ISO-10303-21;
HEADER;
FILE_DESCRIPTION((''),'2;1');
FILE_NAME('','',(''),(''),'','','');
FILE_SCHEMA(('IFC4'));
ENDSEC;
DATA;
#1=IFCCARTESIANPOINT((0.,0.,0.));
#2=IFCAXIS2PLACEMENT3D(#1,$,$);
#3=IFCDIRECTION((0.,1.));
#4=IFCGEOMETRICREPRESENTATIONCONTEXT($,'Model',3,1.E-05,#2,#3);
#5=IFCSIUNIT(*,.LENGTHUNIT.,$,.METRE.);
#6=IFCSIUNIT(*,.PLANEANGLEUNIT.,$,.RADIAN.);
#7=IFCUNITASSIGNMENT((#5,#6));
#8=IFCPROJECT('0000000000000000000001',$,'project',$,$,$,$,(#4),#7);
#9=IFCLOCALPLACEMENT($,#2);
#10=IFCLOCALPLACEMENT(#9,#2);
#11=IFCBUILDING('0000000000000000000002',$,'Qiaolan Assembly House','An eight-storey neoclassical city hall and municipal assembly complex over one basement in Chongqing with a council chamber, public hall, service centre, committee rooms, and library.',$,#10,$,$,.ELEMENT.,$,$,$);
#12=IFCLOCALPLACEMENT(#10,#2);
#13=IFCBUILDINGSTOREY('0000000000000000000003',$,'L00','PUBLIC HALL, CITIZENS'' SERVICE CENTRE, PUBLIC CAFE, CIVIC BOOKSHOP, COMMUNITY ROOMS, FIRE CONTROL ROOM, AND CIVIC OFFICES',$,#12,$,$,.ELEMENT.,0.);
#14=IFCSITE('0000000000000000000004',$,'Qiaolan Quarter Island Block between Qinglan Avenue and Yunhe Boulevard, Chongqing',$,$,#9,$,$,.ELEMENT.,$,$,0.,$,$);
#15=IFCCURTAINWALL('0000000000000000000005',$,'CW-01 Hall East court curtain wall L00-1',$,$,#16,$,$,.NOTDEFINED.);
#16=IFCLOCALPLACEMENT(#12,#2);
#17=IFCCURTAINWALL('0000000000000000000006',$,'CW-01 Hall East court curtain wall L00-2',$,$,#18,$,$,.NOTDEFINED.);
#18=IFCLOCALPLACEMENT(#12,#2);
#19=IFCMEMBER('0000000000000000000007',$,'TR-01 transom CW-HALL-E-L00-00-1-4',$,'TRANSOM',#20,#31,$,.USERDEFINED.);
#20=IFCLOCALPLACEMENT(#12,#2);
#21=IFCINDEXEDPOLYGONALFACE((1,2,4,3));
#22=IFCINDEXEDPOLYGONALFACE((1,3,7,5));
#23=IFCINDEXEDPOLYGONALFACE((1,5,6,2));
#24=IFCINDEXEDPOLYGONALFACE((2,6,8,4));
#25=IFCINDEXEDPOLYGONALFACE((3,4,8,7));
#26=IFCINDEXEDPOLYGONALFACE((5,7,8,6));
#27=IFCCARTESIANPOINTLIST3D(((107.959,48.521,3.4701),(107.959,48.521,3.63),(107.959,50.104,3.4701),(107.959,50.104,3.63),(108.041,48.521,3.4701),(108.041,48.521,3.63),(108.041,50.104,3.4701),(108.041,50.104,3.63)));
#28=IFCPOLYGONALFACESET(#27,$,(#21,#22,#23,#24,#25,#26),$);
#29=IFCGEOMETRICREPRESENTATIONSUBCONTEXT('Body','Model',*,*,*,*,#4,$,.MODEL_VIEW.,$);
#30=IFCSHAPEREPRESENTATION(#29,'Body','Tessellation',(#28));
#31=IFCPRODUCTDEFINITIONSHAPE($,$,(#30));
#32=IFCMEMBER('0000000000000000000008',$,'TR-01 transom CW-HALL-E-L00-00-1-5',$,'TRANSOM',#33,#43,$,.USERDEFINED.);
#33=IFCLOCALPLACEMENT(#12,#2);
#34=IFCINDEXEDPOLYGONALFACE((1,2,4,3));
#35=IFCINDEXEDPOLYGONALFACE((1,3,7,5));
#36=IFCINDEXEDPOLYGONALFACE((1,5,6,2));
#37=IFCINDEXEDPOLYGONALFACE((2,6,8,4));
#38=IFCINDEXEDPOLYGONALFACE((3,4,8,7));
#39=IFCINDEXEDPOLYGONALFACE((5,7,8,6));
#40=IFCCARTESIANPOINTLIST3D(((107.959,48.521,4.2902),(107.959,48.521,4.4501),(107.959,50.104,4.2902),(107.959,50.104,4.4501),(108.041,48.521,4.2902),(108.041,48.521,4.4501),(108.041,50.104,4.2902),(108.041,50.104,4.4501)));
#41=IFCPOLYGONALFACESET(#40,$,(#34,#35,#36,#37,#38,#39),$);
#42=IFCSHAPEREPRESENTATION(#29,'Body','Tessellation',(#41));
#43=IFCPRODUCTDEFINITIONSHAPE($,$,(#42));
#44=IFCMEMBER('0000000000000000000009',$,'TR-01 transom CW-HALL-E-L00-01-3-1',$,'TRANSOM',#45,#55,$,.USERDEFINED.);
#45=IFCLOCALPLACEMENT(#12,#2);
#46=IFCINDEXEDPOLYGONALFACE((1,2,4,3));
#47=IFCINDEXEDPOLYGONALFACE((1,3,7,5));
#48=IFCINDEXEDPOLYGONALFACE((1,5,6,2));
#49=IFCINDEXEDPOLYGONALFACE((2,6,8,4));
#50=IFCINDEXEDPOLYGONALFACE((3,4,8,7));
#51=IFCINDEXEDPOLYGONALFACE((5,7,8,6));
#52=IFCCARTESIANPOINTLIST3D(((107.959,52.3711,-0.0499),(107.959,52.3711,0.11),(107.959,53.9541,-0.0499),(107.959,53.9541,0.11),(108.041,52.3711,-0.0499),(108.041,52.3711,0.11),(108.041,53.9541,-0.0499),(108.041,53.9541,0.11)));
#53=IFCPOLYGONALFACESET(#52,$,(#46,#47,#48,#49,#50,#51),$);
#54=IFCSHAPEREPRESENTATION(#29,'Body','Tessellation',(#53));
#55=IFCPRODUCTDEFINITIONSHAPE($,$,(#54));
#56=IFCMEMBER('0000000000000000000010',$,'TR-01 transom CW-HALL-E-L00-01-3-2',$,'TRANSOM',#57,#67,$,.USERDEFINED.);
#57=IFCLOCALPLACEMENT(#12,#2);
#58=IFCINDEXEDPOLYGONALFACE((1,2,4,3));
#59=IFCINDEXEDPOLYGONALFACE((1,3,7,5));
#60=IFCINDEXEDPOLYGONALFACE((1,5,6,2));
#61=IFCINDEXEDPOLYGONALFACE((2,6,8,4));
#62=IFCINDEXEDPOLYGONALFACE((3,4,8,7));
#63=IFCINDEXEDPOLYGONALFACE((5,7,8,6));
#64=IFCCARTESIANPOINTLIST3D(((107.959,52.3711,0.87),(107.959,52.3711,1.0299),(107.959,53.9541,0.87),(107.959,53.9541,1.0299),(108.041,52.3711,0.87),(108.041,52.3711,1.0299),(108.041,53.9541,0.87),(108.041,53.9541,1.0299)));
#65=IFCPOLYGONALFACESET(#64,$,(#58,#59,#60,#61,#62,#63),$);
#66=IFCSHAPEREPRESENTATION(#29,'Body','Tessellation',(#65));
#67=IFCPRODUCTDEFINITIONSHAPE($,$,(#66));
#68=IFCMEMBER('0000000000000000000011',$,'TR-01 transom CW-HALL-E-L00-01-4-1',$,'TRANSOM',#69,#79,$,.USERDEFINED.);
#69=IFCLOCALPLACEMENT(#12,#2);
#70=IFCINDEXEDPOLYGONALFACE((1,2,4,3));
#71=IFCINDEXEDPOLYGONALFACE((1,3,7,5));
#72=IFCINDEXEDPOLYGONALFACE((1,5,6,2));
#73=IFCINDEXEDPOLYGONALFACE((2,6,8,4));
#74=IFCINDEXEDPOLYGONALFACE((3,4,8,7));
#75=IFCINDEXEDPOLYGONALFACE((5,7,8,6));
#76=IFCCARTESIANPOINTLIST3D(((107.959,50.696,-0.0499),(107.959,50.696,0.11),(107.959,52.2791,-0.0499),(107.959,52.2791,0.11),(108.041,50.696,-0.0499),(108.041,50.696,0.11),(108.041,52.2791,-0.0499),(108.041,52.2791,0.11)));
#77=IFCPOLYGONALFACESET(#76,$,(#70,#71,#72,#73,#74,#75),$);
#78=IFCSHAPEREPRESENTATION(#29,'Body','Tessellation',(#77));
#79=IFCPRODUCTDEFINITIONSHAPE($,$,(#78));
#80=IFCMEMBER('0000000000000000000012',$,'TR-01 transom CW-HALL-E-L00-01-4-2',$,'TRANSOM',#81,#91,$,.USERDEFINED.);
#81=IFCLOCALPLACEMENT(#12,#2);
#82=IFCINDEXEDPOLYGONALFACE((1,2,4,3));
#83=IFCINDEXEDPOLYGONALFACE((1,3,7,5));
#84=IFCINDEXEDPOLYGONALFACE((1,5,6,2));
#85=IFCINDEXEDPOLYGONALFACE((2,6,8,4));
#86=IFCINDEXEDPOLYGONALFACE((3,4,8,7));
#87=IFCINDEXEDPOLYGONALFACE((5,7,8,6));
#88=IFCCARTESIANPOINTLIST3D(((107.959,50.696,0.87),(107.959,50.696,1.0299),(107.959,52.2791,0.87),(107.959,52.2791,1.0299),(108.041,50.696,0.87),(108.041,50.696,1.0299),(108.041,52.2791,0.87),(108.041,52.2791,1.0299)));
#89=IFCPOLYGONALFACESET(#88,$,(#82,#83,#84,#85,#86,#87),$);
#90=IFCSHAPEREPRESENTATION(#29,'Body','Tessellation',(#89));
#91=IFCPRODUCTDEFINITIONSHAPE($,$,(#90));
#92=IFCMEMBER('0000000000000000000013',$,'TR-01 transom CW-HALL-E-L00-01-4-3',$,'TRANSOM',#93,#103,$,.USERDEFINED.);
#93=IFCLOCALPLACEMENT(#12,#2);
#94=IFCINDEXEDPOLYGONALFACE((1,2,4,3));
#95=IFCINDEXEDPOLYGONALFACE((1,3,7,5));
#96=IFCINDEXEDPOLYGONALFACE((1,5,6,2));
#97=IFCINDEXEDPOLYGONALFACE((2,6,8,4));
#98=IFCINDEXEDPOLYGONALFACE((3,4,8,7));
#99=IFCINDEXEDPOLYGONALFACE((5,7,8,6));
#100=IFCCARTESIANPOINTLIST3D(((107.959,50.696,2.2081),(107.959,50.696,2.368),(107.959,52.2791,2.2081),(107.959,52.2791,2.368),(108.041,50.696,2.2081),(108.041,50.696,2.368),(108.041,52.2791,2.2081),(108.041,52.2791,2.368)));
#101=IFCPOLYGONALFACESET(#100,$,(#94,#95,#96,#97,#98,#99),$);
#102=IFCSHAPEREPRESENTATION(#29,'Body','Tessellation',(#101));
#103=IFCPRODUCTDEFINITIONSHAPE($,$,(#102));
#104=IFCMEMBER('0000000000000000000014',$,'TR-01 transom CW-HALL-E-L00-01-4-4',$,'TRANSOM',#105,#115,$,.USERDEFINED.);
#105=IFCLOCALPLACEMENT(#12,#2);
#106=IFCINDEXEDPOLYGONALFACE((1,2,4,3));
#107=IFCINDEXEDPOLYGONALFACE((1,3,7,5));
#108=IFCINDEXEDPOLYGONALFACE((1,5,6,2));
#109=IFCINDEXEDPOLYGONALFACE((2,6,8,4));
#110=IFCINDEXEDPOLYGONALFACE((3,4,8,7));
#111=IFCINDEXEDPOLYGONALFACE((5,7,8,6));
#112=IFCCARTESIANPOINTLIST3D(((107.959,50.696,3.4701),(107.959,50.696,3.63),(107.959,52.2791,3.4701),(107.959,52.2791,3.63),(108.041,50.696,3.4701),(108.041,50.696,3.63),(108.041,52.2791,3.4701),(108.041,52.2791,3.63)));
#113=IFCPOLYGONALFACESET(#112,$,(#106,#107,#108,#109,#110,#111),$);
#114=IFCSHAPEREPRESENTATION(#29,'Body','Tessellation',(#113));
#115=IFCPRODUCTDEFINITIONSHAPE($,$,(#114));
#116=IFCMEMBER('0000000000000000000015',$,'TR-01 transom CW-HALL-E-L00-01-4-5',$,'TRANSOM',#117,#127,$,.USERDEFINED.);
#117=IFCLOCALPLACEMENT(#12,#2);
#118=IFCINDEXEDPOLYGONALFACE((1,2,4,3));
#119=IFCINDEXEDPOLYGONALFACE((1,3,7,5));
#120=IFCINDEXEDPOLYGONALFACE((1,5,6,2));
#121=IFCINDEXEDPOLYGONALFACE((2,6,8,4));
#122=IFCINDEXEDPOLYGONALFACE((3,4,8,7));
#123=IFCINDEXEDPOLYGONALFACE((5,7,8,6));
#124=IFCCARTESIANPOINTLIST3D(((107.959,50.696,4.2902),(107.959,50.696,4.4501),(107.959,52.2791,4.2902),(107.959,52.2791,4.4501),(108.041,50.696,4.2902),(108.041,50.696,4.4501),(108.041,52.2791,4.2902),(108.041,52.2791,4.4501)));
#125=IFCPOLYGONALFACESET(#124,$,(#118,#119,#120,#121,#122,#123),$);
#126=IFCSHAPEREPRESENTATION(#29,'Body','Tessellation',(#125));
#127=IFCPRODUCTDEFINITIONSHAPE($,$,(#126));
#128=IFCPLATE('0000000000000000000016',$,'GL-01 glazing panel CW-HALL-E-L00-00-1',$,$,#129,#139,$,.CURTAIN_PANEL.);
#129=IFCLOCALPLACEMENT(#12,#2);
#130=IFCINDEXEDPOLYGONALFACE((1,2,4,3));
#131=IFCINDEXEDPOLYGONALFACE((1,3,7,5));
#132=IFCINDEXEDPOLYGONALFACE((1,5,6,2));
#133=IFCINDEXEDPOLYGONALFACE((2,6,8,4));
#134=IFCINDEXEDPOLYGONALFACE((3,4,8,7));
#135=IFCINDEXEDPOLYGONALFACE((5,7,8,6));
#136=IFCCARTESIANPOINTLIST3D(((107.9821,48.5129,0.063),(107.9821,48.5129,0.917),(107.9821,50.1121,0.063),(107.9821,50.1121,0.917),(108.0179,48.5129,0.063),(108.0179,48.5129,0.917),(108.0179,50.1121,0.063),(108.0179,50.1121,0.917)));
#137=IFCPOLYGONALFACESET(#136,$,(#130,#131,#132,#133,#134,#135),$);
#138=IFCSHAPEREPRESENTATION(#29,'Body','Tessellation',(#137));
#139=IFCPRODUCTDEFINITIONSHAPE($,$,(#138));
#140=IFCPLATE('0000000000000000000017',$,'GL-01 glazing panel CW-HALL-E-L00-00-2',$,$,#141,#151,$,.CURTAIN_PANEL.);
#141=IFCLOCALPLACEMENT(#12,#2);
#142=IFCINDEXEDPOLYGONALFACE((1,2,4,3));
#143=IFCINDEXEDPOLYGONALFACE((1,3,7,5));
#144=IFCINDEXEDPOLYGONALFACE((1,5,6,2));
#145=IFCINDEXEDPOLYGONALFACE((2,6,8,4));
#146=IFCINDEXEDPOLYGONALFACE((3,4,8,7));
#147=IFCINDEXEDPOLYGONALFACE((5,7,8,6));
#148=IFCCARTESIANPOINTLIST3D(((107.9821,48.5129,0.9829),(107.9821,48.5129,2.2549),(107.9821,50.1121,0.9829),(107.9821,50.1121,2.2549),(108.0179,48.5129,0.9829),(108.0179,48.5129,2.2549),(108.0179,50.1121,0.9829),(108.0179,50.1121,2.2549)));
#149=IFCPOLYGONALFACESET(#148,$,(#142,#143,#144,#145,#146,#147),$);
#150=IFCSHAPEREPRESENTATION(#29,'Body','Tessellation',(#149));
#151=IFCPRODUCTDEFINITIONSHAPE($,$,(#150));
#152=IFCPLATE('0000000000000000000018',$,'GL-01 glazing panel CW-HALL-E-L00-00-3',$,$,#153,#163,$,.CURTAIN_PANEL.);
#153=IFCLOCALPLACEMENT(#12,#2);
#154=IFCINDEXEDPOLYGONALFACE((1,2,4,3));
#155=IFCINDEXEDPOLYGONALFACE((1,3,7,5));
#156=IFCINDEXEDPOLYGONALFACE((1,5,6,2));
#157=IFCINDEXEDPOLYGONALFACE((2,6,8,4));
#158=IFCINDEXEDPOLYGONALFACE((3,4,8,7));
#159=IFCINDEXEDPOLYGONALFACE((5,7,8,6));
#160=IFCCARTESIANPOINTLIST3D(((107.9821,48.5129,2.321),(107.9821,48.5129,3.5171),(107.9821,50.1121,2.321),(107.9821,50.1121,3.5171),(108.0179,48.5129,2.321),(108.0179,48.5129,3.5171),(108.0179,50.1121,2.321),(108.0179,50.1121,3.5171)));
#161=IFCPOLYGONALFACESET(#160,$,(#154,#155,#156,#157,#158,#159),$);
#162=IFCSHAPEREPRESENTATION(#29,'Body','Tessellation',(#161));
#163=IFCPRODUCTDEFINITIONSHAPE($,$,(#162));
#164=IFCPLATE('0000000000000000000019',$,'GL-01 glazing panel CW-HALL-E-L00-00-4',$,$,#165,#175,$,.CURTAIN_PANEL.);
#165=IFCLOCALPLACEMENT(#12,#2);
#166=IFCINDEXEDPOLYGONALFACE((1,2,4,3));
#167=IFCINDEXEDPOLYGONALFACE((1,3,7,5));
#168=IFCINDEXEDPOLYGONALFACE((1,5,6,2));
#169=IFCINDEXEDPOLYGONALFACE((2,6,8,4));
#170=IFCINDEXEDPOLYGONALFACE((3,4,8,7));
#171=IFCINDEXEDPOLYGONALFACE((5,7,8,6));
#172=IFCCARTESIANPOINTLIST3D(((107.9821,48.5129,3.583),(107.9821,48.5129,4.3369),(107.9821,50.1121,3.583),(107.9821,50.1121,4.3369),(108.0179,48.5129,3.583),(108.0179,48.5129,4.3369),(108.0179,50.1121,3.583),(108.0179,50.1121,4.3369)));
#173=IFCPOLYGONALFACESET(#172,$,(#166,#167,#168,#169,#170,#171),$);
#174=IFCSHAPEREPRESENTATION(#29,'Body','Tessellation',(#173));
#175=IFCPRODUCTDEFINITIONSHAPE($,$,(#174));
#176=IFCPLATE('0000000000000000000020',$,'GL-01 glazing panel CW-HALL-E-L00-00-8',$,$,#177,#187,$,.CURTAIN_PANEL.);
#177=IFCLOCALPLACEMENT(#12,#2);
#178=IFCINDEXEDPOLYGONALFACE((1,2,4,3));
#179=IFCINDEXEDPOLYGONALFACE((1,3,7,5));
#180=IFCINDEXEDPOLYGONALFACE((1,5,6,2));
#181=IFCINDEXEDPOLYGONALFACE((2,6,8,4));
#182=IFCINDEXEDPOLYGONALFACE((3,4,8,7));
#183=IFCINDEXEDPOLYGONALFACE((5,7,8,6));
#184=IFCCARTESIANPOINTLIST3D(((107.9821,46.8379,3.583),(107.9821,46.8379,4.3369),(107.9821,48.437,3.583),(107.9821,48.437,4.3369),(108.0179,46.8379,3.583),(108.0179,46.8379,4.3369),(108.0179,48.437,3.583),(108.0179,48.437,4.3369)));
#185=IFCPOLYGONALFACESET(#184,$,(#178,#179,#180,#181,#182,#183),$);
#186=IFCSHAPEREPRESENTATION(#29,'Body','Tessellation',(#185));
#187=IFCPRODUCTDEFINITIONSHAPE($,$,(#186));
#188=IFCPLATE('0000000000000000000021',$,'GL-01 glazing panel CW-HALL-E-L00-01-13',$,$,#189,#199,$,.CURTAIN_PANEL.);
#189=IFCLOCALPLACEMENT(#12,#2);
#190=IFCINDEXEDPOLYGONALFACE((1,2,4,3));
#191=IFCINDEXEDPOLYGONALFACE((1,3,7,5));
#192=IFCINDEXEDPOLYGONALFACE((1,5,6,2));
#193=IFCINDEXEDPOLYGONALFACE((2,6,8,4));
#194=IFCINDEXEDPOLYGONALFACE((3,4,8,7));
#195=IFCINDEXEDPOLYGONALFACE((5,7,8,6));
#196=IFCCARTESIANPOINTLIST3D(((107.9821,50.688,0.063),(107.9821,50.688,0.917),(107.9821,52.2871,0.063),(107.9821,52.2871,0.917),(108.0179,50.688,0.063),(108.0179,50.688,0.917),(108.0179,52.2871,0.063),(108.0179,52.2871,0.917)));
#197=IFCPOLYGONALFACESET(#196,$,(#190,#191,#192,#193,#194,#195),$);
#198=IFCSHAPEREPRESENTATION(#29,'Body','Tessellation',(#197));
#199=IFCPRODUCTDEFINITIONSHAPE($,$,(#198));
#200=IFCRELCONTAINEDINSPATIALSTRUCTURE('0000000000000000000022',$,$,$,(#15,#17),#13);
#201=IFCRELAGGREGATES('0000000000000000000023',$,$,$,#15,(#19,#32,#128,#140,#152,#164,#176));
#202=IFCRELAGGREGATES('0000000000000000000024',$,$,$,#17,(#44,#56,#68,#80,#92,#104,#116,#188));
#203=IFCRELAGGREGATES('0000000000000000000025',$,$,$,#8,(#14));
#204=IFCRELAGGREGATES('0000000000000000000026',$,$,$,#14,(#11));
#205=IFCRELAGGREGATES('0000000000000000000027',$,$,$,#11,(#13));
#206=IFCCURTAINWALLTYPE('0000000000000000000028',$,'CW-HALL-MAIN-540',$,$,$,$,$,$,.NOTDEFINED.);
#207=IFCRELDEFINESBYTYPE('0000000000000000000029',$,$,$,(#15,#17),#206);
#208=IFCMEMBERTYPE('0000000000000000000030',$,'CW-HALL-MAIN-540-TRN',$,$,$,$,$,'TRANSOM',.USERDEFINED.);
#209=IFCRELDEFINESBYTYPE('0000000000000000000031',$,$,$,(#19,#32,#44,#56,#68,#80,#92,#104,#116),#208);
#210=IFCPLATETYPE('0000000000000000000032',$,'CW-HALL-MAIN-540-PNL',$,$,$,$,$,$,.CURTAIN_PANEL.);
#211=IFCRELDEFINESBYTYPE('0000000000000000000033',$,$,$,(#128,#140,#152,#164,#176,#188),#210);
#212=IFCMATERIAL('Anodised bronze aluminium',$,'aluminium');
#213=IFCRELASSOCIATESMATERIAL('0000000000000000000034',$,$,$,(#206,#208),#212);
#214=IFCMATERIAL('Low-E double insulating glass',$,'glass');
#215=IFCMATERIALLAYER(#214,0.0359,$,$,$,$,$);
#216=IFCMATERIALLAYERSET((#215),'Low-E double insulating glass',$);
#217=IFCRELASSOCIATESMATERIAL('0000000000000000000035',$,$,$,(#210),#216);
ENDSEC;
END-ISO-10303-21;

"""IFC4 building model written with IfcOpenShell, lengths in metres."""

from ifc_helpers import new_model, si_unit, direction, frame, frame_2d, origin, origin_2d, place, context, subcontext, project, spatial, rectangle, extrude, material, layer, layer_set, material_profile, profile_set, type_object, element, aggregate, save


model = new_model("IFC4")

# Units and contexts
model_context = context("Model", 3, precision=1e-05, world=origin(), true_north=direction((0.0, 1.0)))
body_context = subcontext(model_context, "Body", "Model", "MODEL_VIEW")
ifc_project = project(units=[si_unit("LENGTHUNIT", "METRE"), si_unit("PLANEANGLEUNIT", "RADIAN")], contexts=[model_context])

# Site, building, storey
site_placement = place(None, origin())
site = spatial("IfcSite", under=ifc_project, at=site_placement, Name="Qiaolan Quarter Island Block between Qinglan Avenue and Yunhe Boulevard, Chongqing", CompositionType="ELEMENT", RefElevation=0.0)
building_placement = place(site_placement, origin())
building = spatial("IfcBuilding", under=site, at=building_placement, Name="Qiaolan Assembly House", Description="An eight-storey neoclassical city hall and municipal assembly complex over one basement in Chongqing with a council chamber, public hall, service centre, committee rooms, and library.", CompositionType="ELEMENT")
storey_placement = place(building_placement, origin())
storey = spatial("IfcBuildingStorey", under=building, at=storey_placement, Name="L00", Description="PUBLIC HALL, CITIZENS' SERVICE CENTRE, PUBLIC CAFE, CIVIC BOOKSHOP, COMMUNITY ROOMS, FIRE CONTROL ROOM, AND CIVIC OFFICES", CompositionType="ELEMENT", Elevation=0.0)

# Curtain walls
ifc_material_1 = material(Name="Anodised bronze aluminium", Category="aluminium")
curtain_wall_type = type_object("IfcCurtainWallType", Name="CW-HALL-MAIN-540", PredefinedType="NOTDEFINED", material=ifc_material_1)
curtain_wall_1_placement = place(storey_placement, origin())
curtain_wall_1 = element("IfcCurtainWall", 1, at=curtain_wall_1_placement, inside=storey, type_object=curtain_wall_type, Name="CW-01 Hall East court curtain wall L00-1", PredefinedType="NOTDEFINED")
curtain_wall_2_placement = place(storey_placement, origin())
curtain_wall_2 = element("IfcCurtainWall", 2, at=curtain_wall_2_placement, inside=storey, type_object=curtain_wall_type, Name="CW-01 Hall East court curtain wall L00-2", PredefinedType="NOTDEFINED")

# Members
ifc_material_profile_1 = material_profile(ifc_material_1, rectangle(XDim=0.082, YDim=0.1599, at=origin_2d()), Name="TRN 82x160")
ifc_profile_set_1 = profile_set([ifc_material_profile_1], Name="Anodised bronze aluminium")
member_type_1 = type_object("IfcMemberType", Name="CW-HALL-MAIN-540-TRN", ElementType="TRANSOM", PredefinedType="USERDEFINED", material=ifc_profile_set_1)
member_1_placement = place(storey_placement, frame((108.0, 50.104, 3.55), z_axis=(0.0, -1.0, 0.0), x_axis=(1.0, 0.0, 0.0)))
member_1 = element("IfcMember", 3, at=member_1_placement, type_object=member_type_1, Name="TR-01 transom CW-HALL-E-L00-00-1-4", ObjectType="TRANSOM", PredefinedType="USERDEFINED", context=body_context, shape_type="SweptSolid", body=[
    extrude(rectangle(XDim=0.082, YDim=0.1599, at=origin_2d()), origin(), (0.0, 0.0, 1.0), 1.583),
])
member_2_placement = place(storey_placement, frame((108.0, 50.104, 4.3701), z_axis=(0.0, -1.0, 0.0), x_axis=(1.0, 0.0, 0.0)))
member_2 = element("IfcMember", 4, at=member_2_placement, type_object=member_type_1, Name="TR-01 transom CW-HALL-E-L00-00-1-5", ObjectType="TRANSOM", PredefinedType="USERDEFINED", context=body_context, shape_type="SweptSolid", body=[
    extrude(rectangle(XDim=0.082, YDim=0.1599, at=origin_2d()), origin(), (0.0, 0.0, 1.0), 1.583),
])
member_3_placement = place(storey_placement, frame((108.0, 53.9541, 0.03), z_axis=(0.0, -1.0, 0.0), x_axis=(1.0, 0.0, 0.0)))
member_3 = element("IfcMember", 5, at=member_3_placement, type_object=member_type_1, Name="TR-01 transom CW-HALL-E-L00-01-3-1", ObjectType="TRANSOM", PredefinedType="USERDEFINED", context=body_context, shape_type="SweptSolid", body=[
    extrude(rectangle(XDim=0.082, YDim=0.1599, at=origin_2d()), origin(), (0.0, 0.0, 1.0), 1.583),
])
member_4_placement = place(storey_placement, frame((108.0, 53.9541, 0.95), z_axis=(0.0, -1.0, 0.0), x_axis=(1.0, 0.0, 0.0)))
member_4 = element("IfcMember", 6, at=member_4_placement, type_object=member_type_1, Name="TR-01 transom CW-HALL-E-L00-01-3-2", ObjectType="TRANSOM", PredefinedType="USERDEFINED", context=body_context, shape_type="SweptSolid", body=[
    extrude(rectangle(XDim=0.082, YDim=0.1599, at=origin_2d()), origin(), (0.0, 0.0, 1.0), 1.583),
])
member_5_placement = place(storey_placement, frame((108.0, 52.2791, 0.03), z_axis=(0.0, -1.0, 0.0), x_axis=(1.0, 0.0, 0.0)))
member_5 = element("IfcMember", 7, at=member_5_placement, type_object=member_type_1, Name="TR-01 transom CW-HALL-E-L00-01-4-1", ObjectType="TRANSOM", PredefinedType="USERDEFINED", context=body_context, shape_type="SweptSolid", body=[
    extrude(rectangle(XDim=0.082, YDim=0.1599, at=origin_2d()), origin(), (0.0, 0.0, 1.0), 1.583),
])
member_6_placement = place(storey_placement, frame((108.0, 52.2791, 0.95), z_axis=(0.0, -1.0, 0.0), x_axis=(1.0, 0.0, 0.0)))
member_6 = element("IfcMember", 8, at=member_6_placement, type_object=member_type_1, Name="TR-01 transom CW-HALL-E-L00-01-4-2", ObjectType="TRANSOM", PredefinedType="USERDEFINED", context=body_context, shape_type="SweptSolid", body=[
    extrude(rectangle(XDim=0.082, YDim=0.1599, at=origin_2d()), origin(), (0.0, 0.0, 1.0), 1.583),
])
member_7_placement = place(storey_placement, frame((108.0, 52.2791, 2.2881), z_axis=(0.0, -1.0, 0.0), x_axis=(1.0, 0.0, 0.0)))
member_7 = element("IfcMember", 9, at=member_7_placement, type_object=member_type_1, Name="TR-01 transom CW-HALL-E-L00-01-4-3", ObjectType="TRANSOM", PredefinedType="USERDEFINED", context=body_context, shape_type="SweptSolid", body=[
    extrude(rectangle(XDim=0.082, YDim=0.1599, at=origin_2d()), origin(), (0.0, 0.0, 1.0), 1.583),
])
member_8_placement = place(storey_placement, frame((108.0, 52.2791, 3.55), z_axis=(0.0, -1.0, 0.0), x_axis=(1.0, 0.0, 0.0)))
member_8 = element("IfcMember", 10, at=member_8_placement, type_object=member_type_1, Name="TR-01 transom CW-HALL-E-L00-01-4-4", ObjectType="TRANSOM", PredefinedType="USERDEFINED", context=body_context, shape_type="SweptSolid", body=[
    extrude(rectangle(XDim=0.082, YDim=0.1599, at=origin_2d()), origin(), (0.0, 0.0, 1.0), 1.583),
])
member_9_placement = place(storey_placement, frame((108.0, 52.2791, 4.3701), z_axis=(0.0, -1.0, 0.0), x_axis=(1.0, 0.0, 0.0)))
member_9 = element("IfcMember", 11, at=member_9_placement, type_object=member_type_1, Name="TR-01 transom CW-HALL-E-L00-01-4-5", ObjectType="TRANSOM", PredefinedType="USERDEFINED", context=body_context, shape_type="SweptSolid", body=[
    extrude(rectangle(XDim=0.082, YDim=0.1599, at=origin_2d()), origin(), (0.0, 0.0, 1.0), 1.583),
])

# Plates
ifc_material_2 = material(Name="Low-E double insulating glass", Category="glass")
ifc_layer = layer(ifc_material_2, 0.0359)
ifc_layer_set = layer_set([ifc_layer], Name="Low-E double insulating glass")
plate_type = type_object("IfcPlateType", Name="CW-HALL-MAIN-540-PNL", PredefinedType="CURTAIN_PANEL", material=ifc_layer_set)
plate_1_placement = place(storey_placement, frame((108.0, 50.1121, 0.063), z_axis=(0.0, 0.0, 1.0), x_axis=(0.0, -1.0, 0.0)))
plate_1 = element("IfcPlate", 12, at=plate_1_placement, type_object=plate_type, Name="GL-01 glazing panel CW-HALL-E-L00-00-1", PredefinedType="CURTAIN_PANEL", context=body_context, shape_type="SweptSolid", body=[
    extrude(rectangle(XDim=1.5991, YDim=0.0359, at=frame_2d((0.7996, 0.0))), origin(), (0.0, 0.0, 1.0), 0.854),
])
plate_2_placement = place(storey_placement, frame((108.0, 50.1121, 0.9829), z_axis=(0.0, 0.0, 1.0), x_axis=(0.0, -1.0, 0.0)))
plate_2 = element("IfcPlate", 13, at=plate_2_placement, type_object=plate_type, Name="GL-01 glazing panel CW-HALL-E-L00-00-2", PredefinedType="CURTAIN_PANEL", context=body_context, shape_type="SweptSolid", body=[
    extrude(rectangle(XDim=1.5991, YDim=0.0359, at=frame_2d((0.7996, 0.0))), origin(), (0.0, 0.0, 1.0), 1.272),
])
plate_3_placement = place(storey_placement, frame((108.0, 50.1121, 2.321), z_axis=(0.0, 0.0, 1.0), x_axis=(0.0, -1.0, 0.0)))
plate_3 = element("IfcPlate", 14, at=plate_3_placement, type_object=plate_type, Name="GL-01 glazing panel CW-HALL-E-L00-00-3", PredefinedType="CURTAIN_PANEL", context=body_context, shape_type="SweptSolid", body=[
    extrude(rectangle(XDim=1.5991, YDim=0.0359, at=frame_2d((0.7996, 0.0))), origin(), (0.0, 0.0, 1.0), 1.196),
])
plate_4_placement = place(storey_placement, frame((108.0, 50.1121, 3.583), z_axis=(0.0, 0.0, 1.0), x_axis=(0.0, -1.0, 0.0)))
plate_4 = element("IfcPlate", 15, at=plate_4_placement, type_object=plate_type, Name="GL-01 glazing panel CW-HALL-E-L00-00-4", PredefinedType="CURTAIN_PANEL", context=body_context, shape_type="SweptSolid", body=[
    extrude(rectangle(XDim=1.5991, YDim=0.0359, at=frame_2d((0.7996, 0.0))), origin(), (0.0, 0.0, 1.0), 0.7539),
])
plate_5_placement = place(storey_placement, frame((108.0, 48.437, 3.583), z_axis=(0.0, 0.0, 1.0), x_axis=(0.0, -1.0, 0.0)))
plate_5 = element("IfcPlate", 16, at=plate_5_placement, type_object=plate_type, Name="GL-01 glazing panel CW-HALL-E-L00-00-8", PredefinedType="CURTAIN_PANEL", context=body_context, shape_type="SweptSolid", body=[
    extrude(rectangle(XDim=1.5991, YDim=0.0359, at=frame_2d((0.7996, 0.0))), origin(), (0.0, 0.0, 1.0), 0.7539),
])
aggregate(curtain_wall_1, [member_1, member_2, plate_1, plate_2, plate_3, plate_4, plate_5])
plate_6_placement = place(storey_placement, frame((108.0, 52.2871, 0.063), z_axis=(0.0, 0.0, 1.0), x_axis=(0.0, -1.0, 0.0)))
plate_6 = element("IfcPlate", 17, at=plate_6_placement, type_object=plate_type, Name="GL-01 glazing panel CW-HALL-E-L00-01-13", PredefinedType="CURTAIN_PANEL", context=body_context, shape_type="SweptSolid", body=[
    extrude(rectangle(XDim=1.5991, YDim=0.0359, at=frame_2d((0.7996, 0.0))), origin(), (0.0, 0.0, 1.0), 0.854),
])
aggregate(curtain_wall_2, [member_3, member_4, member_5, member_6, member_7, member_8, member_9, plate_6])

save(model, "model.ifc")
